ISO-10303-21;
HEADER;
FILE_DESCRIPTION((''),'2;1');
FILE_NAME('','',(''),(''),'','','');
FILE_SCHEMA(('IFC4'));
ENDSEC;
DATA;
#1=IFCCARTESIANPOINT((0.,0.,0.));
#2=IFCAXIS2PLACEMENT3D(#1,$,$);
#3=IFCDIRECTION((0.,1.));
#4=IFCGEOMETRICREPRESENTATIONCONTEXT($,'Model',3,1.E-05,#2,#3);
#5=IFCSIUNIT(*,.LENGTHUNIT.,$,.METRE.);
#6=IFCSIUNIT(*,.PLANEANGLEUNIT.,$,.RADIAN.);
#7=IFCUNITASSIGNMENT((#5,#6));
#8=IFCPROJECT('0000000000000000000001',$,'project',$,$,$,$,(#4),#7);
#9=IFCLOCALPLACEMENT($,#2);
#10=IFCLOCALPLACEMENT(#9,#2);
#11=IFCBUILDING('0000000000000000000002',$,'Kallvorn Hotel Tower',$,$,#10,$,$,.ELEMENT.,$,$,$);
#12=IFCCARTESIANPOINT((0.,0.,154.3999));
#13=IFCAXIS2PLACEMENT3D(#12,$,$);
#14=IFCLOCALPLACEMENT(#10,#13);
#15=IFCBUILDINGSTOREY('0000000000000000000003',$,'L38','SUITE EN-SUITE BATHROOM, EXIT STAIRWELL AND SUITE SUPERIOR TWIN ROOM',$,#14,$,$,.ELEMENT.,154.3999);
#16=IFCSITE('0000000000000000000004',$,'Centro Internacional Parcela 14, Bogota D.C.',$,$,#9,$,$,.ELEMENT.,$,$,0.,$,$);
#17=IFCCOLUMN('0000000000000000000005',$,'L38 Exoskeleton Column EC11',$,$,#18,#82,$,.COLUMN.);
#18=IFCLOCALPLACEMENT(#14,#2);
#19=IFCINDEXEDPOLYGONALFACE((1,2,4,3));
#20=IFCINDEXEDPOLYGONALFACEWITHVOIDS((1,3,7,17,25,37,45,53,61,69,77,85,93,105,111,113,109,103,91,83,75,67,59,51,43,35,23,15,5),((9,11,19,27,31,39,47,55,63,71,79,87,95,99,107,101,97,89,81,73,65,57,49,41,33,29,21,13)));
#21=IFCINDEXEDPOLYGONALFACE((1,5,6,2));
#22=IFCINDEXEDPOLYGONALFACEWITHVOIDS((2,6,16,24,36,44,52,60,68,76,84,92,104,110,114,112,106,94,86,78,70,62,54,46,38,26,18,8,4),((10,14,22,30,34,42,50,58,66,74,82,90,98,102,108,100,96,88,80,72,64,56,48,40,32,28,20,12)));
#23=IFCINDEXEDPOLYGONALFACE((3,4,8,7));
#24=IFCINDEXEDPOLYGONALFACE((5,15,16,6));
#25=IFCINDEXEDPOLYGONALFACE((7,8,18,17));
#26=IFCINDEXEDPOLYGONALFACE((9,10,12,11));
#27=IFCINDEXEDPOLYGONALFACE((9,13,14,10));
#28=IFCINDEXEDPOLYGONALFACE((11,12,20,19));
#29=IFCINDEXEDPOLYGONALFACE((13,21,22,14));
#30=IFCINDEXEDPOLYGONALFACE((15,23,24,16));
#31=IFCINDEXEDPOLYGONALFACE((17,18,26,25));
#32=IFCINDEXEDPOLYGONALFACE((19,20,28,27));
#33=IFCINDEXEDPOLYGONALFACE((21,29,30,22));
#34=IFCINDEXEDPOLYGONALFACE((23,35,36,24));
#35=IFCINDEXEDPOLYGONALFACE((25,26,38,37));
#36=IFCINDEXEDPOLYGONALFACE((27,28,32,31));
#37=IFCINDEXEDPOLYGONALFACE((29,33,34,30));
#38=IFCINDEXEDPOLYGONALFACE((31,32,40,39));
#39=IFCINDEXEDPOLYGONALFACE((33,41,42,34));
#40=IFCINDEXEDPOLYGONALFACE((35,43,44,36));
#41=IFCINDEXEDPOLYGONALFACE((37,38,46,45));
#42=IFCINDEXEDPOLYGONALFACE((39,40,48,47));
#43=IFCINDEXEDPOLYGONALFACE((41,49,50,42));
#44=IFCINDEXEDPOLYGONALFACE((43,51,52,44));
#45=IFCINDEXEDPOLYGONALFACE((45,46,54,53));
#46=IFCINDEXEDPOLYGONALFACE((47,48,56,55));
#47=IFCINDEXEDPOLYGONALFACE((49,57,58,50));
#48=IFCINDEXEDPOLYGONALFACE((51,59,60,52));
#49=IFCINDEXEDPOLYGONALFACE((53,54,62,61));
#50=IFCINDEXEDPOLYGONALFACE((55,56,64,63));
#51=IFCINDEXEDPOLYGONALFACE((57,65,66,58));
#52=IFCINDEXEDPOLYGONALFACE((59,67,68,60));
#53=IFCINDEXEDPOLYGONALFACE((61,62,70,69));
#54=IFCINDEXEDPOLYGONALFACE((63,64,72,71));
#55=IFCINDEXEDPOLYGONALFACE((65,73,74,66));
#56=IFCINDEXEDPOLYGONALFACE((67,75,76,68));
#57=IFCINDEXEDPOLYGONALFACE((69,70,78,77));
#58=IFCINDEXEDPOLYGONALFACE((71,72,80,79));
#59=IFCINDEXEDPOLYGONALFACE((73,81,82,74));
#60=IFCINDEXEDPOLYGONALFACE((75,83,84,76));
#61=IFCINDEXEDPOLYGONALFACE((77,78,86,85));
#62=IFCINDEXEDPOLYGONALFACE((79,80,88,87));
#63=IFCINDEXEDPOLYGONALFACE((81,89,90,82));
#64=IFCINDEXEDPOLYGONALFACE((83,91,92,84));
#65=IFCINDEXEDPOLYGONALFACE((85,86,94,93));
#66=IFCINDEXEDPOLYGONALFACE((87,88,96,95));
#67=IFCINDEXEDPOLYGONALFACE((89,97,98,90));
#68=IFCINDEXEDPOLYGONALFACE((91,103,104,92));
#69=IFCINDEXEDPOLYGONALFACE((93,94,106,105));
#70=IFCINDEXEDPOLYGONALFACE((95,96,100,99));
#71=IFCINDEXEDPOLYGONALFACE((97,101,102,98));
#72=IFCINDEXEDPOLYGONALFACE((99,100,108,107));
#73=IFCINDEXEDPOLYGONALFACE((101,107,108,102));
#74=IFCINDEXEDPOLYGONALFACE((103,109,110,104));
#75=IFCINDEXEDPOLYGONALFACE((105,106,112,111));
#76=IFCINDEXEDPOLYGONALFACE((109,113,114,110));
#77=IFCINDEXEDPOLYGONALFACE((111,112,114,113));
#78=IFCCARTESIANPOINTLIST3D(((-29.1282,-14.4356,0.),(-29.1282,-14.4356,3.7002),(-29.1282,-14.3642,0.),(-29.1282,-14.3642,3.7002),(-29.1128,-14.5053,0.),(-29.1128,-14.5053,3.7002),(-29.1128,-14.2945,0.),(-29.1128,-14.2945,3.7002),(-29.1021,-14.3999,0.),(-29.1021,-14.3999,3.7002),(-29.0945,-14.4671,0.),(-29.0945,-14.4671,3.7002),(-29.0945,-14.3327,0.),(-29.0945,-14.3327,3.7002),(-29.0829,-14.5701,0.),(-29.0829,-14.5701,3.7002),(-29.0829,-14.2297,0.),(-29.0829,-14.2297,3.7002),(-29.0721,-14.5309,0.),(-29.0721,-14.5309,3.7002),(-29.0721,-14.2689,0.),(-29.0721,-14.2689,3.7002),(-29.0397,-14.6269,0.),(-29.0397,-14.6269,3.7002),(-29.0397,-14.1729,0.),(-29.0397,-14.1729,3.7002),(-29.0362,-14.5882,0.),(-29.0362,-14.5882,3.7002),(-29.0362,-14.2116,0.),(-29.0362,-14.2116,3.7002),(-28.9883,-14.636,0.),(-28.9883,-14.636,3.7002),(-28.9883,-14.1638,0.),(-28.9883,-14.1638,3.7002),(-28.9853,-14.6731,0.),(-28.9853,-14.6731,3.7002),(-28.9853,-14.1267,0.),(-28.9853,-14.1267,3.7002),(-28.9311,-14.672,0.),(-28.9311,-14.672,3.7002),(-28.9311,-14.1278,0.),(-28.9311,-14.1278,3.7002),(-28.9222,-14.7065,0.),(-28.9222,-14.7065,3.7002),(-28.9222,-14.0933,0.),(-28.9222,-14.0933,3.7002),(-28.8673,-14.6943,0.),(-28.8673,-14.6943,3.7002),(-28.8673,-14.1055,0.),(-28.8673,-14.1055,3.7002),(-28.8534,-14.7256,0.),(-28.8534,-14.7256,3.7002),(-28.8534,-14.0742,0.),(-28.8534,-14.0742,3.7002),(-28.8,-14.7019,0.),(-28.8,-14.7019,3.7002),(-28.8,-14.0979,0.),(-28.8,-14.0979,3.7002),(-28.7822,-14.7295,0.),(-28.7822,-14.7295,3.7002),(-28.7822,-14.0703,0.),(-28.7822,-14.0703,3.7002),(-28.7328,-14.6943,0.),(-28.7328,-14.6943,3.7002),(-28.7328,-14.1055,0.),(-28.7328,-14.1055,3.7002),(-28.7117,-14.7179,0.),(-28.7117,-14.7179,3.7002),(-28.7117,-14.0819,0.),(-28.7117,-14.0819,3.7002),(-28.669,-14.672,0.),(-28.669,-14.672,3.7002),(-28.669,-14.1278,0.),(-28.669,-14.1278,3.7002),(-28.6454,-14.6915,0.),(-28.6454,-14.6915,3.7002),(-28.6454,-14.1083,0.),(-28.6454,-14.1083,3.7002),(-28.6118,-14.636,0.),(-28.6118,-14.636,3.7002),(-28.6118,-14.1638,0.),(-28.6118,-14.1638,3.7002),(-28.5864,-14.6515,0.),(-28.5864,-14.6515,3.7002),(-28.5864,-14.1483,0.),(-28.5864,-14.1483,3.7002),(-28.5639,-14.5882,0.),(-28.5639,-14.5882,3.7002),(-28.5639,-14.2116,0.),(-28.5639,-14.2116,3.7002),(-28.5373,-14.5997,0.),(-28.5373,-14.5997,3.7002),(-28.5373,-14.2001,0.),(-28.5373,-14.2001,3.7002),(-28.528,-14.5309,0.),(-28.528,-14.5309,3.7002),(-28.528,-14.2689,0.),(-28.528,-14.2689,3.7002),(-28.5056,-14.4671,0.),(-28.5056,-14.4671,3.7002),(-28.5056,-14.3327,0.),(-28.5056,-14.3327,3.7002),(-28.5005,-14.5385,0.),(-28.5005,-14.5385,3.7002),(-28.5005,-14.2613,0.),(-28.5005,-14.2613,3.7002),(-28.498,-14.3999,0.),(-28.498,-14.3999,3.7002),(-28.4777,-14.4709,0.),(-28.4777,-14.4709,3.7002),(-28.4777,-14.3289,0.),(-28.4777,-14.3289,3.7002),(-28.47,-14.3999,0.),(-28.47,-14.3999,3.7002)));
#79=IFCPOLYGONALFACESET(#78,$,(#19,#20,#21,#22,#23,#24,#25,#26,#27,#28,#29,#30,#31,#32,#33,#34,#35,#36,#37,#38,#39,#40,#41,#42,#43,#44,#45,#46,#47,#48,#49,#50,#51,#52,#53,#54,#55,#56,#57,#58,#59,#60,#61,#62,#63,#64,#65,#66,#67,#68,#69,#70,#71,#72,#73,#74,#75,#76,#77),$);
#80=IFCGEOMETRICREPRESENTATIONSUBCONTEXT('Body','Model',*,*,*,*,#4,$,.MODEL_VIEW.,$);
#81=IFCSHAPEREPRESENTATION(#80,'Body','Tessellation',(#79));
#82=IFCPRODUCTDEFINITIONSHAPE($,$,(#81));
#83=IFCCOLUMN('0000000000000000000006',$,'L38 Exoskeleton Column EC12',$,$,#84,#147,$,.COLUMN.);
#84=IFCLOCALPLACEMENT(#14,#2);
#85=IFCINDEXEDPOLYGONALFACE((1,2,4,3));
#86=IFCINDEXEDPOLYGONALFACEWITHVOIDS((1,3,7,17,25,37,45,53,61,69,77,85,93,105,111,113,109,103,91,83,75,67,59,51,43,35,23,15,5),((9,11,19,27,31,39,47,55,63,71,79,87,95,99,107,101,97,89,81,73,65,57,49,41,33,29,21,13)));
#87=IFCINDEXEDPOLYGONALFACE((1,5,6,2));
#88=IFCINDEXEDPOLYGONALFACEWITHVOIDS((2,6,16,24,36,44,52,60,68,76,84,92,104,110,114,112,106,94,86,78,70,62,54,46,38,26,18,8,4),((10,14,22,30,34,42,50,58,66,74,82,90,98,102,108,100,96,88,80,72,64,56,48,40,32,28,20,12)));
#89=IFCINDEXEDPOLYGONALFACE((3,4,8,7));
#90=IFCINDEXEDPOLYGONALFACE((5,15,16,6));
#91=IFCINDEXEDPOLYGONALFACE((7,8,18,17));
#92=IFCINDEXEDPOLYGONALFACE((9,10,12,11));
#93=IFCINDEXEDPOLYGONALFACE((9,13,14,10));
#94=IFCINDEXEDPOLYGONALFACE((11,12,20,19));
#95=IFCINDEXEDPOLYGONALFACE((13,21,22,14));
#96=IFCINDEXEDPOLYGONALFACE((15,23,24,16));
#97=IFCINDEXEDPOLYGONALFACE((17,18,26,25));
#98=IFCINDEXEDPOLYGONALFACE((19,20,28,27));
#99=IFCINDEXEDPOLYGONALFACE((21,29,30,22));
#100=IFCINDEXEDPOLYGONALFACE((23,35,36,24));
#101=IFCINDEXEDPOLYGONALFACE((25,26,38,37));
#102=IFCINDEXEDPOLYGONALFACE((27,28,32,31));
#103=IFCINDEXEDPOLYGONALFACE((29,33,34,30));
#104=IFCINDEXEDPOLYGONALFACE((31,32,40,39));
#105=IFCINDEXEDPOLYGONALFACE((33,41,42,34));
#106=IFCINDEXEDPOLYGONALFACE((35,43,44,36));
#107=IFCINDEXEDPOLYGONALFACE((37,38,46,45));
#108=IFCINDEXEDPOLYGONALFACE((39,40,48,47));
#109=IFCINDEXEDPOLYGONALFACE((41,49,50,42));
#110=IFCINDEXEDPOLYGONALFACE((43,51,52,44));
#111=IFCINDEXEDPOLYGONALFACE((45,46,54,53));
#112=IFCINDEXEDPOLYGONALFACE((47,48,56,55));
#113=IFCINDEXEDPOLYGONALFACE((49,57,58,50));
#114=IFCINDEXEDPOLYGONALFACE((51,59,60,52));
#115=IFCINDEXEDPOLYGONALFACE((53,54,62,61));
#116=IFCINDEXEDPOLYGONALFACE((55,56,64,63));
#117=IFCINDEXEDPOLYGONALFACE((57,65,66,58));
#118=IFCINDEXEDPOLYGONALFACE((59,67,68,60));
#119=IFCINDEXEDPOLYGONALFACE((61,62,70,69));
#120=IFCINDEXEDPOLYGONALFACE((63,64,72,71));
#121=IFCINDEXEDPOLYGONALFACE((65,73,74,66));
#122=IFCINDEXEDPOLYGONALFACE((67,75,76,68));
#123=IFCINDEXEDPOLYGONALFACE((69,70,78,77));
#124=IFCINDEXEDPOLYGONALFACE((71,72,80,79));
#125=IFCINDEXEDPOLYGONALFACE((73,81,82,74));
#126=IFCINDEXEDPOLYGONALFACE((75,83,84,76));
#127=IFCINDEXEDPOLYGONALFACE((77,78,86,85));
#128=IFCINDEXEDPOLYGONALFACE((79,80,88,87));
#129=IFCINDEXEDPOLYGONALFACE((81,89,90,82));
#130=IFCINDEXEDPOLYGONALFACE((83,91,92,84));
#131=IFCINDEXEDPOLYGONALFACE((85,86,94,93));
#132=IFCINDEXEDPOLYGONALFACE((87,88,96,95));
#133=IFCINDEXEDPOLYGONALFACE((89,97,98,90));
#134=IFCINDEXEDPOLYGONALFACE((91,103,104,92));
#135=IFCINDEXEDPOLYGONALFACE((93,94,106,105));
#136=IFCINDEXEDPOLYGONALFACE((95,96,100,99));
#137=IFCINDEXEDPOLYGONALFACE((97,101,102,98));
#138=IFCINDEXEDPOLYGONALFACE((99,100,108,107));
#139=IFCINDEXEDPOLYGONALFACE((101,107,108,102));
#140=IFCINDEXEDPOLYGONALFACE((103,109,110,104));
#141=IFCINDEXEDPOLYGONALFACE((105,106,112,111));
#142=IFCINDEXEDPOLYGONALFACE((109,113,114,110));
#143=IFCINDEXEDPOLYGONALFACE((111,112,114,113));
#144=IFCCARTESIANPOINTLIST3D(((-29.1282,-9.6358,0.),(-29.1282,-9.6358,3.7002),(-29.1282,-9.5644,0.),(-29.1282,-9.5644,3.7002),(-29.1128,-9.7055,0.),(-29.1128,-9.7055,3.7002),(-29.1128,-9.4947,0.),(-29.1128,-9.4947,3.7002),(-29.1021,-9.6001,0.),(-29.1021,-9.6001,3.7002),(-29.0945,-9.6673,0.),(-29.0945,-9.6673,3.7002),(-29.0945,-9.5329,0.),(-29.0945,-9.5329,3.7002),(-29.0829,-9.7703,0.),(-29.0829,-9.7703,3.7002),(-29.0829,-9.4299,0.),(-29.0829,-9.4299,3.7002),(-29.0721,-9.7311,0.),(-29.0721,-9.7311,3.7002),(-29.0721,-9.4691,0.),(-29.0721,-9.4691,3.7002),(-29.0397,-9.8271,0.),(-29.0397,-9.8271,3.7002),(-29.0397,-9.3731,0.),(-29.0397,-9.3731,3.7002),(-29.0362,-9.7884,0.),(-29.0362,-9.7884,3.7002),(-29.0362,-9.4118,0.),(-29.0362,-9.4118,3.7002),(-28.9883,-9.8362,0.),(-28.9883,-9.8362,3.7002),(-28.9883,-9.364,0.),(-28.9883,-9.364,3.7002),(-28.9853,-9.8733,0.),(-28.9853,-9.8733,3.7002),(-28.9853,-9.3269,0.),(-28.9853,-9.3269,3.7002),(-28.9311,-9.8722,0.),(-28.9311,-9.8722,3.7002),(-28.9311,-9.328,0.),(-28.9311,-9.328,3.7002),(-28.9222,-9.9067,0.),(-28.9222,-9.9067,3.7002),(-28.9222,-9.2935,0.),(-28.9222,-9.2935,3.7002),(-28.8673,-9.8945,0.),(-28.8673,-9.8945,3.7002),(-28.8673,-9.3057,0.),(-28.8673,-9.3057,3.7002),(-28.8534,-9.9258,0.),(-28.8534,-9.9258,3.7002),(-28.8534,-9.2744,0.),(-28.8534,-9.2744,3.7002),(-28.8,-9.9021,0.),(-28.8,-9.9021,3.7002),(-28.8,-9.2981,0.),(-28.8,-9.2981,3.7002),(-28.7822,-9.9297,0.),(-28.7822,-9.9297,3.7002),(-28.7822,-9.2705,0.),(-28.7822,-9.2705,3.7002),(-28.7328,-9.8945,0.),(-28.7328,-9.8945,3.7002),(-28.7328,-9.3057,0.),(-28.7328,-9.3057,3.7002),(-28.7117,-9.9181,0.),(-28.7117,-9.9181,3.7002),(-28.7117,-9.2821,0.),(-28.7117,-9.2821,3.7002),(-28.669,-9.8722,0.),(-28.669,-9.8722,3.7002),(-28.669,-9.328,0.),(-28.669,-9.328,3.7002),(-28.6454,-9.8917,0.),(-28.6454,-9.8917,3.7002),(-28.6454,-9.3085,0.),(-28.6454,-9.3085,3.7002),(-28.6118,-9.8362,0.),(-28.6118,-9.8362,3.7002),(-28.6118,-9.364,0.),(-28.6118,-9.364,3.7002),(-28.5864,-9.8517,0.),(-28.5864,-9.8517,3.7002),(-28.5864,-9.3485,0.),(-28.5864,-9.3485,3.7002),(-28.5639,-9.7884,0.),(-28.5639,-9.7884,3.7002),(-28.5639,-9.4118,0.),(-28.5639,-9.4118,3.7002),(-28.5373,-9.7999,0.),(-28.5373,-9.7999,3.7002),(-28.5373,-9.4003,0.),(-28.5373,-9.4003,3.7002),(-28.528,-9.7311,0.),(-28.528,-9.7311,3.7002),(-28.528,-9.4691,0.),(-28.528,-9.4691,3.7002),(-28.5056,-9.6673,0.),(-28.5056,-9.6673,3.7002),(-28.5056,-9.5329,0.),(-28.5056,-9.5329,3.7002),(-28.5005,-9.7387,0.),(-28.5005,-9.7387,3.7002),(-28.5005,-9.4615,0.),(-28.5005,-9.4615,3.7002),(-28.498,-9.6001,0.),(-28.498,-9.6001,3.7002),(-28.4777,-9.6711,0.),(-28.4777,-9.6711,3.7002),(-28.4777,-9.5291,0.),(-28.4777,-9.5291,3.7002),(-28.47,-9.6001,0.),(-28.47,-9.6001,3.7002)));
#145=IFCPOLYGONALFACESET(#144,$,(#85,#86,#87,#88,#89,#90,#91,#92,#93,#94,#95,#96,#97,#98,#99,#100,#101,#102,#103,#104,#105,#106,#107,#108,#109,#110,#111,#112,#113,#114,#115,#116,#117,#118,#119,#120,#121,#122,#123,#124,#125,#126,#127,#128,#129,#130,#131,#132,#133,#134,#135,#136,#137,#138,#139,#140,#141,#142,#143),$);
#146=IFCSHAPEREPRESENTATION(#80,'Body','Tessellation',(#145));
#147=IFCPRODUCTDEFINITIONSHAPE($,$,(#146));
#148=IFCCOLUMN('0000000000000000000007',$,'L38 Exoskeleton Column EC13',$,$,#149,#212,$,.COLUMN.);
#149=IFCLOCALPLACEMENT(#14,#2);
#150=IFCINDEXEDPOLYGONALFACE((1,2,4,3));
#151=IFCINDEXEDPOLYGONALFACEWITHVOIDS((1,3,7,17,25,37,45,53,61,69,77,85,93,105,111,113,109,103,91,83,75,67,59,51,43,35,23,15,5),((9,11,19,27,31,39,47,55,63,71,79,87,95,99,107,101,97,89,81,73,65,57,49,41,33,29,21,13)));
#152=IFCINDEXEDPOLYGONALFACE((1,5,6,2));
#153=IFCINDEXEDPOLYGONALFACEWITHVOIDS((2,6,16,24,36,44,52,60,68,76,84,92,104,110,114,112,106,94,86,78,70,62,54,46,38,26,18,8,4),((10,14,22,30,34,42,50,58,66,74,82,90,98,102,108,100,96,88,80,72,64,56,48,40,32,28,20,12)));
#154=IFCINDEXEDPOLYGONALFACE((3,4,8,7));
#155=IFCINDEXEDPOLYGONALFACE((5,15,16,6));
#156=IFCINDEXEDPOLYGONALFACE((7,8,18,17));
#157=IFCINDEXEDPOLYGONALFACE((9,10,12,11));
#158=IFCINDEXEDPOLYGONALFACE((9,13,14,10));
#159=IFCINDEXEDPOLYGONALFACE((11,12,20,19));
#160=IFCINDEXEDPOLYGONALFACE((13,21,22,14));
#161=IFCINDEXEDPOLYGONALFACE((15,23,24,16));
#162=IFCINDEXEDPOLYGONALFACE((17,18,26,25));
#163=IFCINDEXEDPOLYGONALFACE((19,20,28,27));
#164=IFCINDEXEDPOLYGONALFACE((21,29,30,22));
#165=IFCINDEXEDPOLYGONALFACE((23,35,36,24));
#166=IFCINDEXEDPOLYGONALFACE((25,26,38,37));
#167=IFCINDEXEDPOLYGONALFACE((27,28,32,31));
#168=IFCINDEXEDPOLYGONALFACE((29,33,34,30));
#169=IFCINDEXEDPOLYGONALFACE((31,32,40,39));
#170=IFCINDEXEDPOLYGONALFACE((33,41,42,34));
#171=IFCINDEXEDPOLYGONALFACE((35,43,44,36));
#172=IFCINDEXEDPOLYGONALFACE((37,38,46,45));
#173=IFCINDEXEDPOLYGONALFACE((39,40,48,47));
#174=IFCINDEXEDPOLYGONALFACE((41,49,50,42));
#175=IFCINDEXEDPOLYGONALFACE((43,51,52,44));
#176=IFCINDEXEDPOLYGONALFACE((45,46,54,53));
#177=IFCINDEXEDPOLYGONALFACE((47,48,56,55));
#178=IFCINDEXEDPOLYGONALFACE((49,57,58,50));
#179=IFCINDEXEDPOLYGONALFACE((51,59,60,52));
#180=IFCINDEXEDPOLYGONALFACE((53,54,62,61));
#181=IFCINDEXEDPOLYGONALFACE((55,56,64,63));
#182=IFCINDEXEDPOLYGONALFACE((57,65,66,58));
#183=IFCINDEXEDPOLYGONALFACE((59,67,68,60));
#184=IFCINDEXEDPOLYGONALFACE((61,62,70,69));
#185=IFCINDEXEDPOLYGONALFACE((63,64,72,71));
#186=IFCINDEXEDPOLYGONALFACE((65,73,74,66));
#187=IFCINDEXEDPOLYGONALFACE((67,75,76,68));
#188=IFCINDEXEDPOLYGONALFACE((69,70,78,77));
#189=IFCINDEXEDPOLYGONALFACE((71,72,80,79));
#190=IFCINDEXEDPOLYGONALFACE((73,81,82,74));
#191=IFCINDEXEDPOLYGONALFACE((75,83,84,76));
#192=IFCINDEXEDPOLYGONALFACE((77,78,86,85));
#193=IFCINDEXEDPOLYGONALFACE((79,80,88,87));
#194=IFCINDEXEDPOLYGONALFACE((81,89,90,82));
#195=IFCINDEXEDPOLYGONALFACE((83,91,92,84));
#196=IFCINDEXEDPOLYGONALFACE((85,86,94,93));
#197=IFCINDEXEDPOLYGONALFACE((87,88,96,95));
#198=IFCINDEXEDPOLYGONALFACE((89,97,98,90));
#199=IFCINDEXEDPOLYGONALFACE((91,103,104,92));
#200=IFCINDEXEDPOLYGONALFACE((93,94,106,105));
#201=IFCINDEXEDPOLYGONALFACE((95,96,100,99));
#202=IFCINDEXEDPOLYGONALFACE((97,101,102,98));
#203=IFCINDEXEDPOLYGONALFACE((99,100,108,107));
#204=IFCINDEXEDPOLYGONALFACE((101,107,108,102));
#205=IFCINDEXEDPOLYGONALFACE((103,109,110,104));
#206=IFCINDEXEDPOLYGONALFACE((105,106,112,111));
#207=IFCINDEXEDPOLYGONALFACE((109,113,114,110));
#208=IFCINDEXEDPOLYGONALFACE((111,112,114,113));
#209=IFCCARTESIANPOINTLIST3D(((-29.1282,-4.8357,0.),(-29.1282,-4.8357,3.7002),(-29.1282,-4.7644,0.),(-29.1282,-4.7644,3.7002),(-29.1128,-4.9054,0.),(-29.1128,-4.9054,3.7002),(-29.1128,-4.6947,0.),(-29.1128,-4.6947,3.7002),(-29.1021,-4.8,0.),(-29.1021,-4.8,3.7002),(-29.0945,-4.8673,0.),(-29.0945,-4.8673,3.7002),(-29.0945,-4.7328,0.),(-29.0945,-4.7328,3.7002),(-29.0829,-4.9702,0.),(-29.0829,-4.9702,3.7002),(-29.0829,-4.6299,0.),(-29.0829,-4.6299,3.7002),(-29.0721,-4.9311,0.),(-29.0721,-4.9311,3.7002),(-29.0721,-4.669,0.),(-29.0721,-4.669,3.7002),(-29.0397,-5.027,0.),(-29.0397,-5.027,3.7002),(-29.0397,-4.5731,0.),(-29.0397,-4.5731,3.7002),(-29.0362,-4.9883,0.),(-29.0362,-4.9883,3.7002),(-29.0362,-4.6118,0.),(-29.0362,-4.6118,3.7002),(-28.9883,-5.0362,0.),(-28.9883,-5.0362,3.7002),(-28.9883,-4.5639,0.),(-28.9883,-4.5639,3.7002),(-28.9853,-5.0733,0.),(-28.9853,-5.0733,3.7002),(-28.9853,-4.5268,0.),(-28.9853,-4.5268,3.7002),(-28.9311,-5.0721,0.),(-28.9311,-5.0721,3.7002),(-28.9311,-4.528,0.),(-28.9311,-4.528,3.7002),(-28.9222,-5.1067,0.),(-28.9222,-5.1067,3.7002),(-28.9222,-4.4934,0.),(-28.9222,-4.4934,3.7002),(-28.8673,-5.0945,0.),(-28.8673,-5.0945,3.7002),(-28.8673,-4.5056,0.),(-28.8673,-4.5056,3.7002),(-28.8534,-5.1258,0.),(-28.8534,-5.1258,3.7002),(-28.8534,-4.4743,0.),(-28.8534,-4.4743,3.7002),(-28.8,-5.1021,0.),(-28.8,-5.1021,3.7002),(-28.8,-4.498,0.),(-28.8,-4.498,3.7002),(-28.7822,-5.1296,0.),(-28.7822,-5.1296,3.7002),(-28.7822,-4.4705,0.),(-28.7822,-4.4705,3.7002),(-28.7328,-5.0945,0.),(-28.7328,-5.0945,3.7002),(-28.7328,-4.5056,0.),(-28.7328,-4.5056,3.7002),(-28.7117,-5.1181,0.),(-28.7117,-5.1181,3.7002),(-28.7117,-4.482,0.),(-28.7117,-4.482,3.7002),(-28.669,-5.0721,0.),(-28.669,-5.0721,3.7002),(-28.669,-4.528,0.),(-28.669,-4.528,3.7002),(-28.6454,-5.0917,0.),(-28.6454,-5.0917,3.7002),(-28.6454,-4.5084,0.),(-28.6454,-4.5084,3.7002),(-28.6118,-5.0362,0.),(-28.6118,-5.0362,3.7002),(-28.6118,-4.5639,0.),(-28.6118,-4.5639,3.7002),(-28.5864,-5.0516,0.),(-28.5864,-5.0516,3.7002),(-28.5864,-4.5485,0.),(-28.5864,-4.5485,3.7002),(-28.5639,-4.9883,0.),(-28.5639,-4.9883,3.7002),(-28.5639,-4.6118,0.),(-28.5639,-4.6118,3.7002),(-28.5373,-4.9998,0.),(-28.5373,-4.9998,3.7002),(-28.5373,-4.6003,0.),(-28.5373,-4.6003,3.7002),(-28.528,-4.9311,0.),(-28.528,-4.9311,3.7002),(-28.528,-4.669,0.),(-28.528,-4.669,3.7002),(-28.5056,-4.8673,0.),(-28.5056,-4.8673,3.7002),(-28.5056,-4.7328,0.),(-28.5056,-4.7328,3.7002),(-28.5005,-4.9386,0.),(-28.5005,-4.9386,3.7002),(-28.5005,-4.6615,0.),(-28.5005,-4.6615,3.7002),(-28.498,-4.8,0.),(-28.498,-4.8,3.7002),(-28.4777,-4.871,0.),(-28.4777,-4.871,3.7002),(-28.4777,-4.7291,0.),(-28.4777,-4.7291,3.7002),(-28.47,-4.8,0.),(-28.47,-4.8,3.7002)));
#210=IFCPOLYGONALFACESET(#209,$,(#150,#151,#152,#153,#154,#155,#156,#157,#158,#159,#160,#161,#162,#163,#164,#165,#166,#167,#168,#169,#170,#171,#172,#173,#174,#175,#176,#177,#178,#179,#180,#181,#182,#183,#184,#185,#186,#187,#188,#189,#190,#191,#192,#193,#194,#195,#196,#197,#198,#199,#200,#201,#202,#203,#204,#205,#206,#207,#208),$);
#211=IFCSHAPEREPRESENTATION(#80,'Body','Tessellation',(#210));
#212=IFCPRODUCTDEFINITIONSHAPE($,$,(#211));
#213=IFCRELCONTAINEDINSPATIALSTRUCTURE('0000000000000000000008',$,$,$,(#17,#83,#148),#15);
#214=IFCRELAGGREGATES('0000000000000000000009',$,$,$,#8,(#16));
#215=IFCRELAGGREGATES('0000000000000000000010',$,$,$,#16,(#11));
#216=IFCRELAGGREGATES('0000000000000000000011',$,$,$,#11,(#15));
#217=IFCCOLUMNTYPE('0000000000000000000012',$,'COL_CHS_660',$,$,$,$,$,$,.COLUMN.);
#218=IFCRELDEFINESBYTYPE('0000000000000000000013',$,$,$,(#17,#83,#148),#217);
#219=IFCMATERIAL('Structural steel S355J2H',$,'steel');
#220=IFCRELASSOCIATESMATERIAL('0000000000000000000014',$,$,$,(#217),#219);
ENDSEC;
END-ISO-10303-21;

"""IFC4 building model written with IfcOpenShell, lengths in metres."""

from ifc_helpers import new_model, si_unit, direction, frame, origin, origin_2d, place, context, subcontext, project, spatial, hollow_circle, extrude, material, material_profile, profile_set, type_object, element, save


model = new_model("IFC4")

# Units and contexts
model_context = context("Model", 3, precision=1e-05, world=origin(), true_north=direction((0.0, 1.0)))
body_context = subcontext(model_context, "Body", "Model", "MODEL_VIEW")
ifc_project = project(units=[si_unit("LENGTHUNIT", "METRE"), si_unit("PLANEANGLEUNIT", "RADIAN")], contexts=[model_context])

# Site, building, storey
site_placement = place(None, origin())
site = spatial("IfcSite", under=ifc_project, at=site_placement, Name="Centro Internacional Parcela 14, Bogota D.C.", CompositionType="ELEMENT", RefElevation=0.0)
building_placement = place(site_placement, origin())
building = spatial("IfcBuilding", under=site, at=building_placement, Name="Kallvorn Hotel Tower", CompositionType="ELEMENT")
storey_placement = place(building_placement, frame((0.0, 0.0, 154.3999)))
storey = spatial("IfcBuildingStorey", under=building, at=storey_placement, Name="L38", Description="SUITE EN-SUITE BATHROOM, EXIT STAIRWELL AND SUITE SUPERIOR TWIN ROOM", CompositionType="ELEMENT", Elevation=154.3999)

# Columns
ifc_material_1 = material(Name="Structural steel S355J2H", Category="steel")
ifc_material_profile_1 = material_profile(ifc_material_1, hollow_circle(Radius=0.3301, WallThickness=0.0281, at=origin_2d()), Name="CHS 660x28")
ifc_profile_set_1 = profile_set([ifc_material_profile_1], Name="Structural steel S355J2H")
column_type_1 = type_object("IfcColumnType", Name="COL_CHS_660", PredefinedType="COLUMN", material=ifc_profile_set_1)
for number, where, z_axis, x_axis, name in (
    (1, (-28.8, -14.3999, 0.0), (0.0, 0.0, 1.0), (1.0, 0.0, 0.0), "L38 Exoskeleton Column EC11"),
    (2, (-28.8, -9.6001, 0.0), (0.0, 0.0, 1.0), (1.0, 0.0, 0.0), "L38 Exoskeleton Column EC12"),
    (3, (-28.8, -4.8, 0.0), (0.0, 0.0, 1.0), (1.0, 0.0, 0.0), "L38 Exoskeleton Column EC13"),
):
    element("IfcColumn", number, at=place(storey_placement, frame(where, z_axis=z_axis, x_axis=x_axis)), inside=storey, type_object=column_type_1, Name=name, PredefinedType="COLUMN", context=body_context, shape_type="SweptSolid", body=[
        extrude(hollow_circle(Radius=0.3301, WallThickness=0.0281, at=origin_2d()), origin(), (0.0, 0.0, 1.0), 3.7002),
    ])

save(model, "model.ifc")
